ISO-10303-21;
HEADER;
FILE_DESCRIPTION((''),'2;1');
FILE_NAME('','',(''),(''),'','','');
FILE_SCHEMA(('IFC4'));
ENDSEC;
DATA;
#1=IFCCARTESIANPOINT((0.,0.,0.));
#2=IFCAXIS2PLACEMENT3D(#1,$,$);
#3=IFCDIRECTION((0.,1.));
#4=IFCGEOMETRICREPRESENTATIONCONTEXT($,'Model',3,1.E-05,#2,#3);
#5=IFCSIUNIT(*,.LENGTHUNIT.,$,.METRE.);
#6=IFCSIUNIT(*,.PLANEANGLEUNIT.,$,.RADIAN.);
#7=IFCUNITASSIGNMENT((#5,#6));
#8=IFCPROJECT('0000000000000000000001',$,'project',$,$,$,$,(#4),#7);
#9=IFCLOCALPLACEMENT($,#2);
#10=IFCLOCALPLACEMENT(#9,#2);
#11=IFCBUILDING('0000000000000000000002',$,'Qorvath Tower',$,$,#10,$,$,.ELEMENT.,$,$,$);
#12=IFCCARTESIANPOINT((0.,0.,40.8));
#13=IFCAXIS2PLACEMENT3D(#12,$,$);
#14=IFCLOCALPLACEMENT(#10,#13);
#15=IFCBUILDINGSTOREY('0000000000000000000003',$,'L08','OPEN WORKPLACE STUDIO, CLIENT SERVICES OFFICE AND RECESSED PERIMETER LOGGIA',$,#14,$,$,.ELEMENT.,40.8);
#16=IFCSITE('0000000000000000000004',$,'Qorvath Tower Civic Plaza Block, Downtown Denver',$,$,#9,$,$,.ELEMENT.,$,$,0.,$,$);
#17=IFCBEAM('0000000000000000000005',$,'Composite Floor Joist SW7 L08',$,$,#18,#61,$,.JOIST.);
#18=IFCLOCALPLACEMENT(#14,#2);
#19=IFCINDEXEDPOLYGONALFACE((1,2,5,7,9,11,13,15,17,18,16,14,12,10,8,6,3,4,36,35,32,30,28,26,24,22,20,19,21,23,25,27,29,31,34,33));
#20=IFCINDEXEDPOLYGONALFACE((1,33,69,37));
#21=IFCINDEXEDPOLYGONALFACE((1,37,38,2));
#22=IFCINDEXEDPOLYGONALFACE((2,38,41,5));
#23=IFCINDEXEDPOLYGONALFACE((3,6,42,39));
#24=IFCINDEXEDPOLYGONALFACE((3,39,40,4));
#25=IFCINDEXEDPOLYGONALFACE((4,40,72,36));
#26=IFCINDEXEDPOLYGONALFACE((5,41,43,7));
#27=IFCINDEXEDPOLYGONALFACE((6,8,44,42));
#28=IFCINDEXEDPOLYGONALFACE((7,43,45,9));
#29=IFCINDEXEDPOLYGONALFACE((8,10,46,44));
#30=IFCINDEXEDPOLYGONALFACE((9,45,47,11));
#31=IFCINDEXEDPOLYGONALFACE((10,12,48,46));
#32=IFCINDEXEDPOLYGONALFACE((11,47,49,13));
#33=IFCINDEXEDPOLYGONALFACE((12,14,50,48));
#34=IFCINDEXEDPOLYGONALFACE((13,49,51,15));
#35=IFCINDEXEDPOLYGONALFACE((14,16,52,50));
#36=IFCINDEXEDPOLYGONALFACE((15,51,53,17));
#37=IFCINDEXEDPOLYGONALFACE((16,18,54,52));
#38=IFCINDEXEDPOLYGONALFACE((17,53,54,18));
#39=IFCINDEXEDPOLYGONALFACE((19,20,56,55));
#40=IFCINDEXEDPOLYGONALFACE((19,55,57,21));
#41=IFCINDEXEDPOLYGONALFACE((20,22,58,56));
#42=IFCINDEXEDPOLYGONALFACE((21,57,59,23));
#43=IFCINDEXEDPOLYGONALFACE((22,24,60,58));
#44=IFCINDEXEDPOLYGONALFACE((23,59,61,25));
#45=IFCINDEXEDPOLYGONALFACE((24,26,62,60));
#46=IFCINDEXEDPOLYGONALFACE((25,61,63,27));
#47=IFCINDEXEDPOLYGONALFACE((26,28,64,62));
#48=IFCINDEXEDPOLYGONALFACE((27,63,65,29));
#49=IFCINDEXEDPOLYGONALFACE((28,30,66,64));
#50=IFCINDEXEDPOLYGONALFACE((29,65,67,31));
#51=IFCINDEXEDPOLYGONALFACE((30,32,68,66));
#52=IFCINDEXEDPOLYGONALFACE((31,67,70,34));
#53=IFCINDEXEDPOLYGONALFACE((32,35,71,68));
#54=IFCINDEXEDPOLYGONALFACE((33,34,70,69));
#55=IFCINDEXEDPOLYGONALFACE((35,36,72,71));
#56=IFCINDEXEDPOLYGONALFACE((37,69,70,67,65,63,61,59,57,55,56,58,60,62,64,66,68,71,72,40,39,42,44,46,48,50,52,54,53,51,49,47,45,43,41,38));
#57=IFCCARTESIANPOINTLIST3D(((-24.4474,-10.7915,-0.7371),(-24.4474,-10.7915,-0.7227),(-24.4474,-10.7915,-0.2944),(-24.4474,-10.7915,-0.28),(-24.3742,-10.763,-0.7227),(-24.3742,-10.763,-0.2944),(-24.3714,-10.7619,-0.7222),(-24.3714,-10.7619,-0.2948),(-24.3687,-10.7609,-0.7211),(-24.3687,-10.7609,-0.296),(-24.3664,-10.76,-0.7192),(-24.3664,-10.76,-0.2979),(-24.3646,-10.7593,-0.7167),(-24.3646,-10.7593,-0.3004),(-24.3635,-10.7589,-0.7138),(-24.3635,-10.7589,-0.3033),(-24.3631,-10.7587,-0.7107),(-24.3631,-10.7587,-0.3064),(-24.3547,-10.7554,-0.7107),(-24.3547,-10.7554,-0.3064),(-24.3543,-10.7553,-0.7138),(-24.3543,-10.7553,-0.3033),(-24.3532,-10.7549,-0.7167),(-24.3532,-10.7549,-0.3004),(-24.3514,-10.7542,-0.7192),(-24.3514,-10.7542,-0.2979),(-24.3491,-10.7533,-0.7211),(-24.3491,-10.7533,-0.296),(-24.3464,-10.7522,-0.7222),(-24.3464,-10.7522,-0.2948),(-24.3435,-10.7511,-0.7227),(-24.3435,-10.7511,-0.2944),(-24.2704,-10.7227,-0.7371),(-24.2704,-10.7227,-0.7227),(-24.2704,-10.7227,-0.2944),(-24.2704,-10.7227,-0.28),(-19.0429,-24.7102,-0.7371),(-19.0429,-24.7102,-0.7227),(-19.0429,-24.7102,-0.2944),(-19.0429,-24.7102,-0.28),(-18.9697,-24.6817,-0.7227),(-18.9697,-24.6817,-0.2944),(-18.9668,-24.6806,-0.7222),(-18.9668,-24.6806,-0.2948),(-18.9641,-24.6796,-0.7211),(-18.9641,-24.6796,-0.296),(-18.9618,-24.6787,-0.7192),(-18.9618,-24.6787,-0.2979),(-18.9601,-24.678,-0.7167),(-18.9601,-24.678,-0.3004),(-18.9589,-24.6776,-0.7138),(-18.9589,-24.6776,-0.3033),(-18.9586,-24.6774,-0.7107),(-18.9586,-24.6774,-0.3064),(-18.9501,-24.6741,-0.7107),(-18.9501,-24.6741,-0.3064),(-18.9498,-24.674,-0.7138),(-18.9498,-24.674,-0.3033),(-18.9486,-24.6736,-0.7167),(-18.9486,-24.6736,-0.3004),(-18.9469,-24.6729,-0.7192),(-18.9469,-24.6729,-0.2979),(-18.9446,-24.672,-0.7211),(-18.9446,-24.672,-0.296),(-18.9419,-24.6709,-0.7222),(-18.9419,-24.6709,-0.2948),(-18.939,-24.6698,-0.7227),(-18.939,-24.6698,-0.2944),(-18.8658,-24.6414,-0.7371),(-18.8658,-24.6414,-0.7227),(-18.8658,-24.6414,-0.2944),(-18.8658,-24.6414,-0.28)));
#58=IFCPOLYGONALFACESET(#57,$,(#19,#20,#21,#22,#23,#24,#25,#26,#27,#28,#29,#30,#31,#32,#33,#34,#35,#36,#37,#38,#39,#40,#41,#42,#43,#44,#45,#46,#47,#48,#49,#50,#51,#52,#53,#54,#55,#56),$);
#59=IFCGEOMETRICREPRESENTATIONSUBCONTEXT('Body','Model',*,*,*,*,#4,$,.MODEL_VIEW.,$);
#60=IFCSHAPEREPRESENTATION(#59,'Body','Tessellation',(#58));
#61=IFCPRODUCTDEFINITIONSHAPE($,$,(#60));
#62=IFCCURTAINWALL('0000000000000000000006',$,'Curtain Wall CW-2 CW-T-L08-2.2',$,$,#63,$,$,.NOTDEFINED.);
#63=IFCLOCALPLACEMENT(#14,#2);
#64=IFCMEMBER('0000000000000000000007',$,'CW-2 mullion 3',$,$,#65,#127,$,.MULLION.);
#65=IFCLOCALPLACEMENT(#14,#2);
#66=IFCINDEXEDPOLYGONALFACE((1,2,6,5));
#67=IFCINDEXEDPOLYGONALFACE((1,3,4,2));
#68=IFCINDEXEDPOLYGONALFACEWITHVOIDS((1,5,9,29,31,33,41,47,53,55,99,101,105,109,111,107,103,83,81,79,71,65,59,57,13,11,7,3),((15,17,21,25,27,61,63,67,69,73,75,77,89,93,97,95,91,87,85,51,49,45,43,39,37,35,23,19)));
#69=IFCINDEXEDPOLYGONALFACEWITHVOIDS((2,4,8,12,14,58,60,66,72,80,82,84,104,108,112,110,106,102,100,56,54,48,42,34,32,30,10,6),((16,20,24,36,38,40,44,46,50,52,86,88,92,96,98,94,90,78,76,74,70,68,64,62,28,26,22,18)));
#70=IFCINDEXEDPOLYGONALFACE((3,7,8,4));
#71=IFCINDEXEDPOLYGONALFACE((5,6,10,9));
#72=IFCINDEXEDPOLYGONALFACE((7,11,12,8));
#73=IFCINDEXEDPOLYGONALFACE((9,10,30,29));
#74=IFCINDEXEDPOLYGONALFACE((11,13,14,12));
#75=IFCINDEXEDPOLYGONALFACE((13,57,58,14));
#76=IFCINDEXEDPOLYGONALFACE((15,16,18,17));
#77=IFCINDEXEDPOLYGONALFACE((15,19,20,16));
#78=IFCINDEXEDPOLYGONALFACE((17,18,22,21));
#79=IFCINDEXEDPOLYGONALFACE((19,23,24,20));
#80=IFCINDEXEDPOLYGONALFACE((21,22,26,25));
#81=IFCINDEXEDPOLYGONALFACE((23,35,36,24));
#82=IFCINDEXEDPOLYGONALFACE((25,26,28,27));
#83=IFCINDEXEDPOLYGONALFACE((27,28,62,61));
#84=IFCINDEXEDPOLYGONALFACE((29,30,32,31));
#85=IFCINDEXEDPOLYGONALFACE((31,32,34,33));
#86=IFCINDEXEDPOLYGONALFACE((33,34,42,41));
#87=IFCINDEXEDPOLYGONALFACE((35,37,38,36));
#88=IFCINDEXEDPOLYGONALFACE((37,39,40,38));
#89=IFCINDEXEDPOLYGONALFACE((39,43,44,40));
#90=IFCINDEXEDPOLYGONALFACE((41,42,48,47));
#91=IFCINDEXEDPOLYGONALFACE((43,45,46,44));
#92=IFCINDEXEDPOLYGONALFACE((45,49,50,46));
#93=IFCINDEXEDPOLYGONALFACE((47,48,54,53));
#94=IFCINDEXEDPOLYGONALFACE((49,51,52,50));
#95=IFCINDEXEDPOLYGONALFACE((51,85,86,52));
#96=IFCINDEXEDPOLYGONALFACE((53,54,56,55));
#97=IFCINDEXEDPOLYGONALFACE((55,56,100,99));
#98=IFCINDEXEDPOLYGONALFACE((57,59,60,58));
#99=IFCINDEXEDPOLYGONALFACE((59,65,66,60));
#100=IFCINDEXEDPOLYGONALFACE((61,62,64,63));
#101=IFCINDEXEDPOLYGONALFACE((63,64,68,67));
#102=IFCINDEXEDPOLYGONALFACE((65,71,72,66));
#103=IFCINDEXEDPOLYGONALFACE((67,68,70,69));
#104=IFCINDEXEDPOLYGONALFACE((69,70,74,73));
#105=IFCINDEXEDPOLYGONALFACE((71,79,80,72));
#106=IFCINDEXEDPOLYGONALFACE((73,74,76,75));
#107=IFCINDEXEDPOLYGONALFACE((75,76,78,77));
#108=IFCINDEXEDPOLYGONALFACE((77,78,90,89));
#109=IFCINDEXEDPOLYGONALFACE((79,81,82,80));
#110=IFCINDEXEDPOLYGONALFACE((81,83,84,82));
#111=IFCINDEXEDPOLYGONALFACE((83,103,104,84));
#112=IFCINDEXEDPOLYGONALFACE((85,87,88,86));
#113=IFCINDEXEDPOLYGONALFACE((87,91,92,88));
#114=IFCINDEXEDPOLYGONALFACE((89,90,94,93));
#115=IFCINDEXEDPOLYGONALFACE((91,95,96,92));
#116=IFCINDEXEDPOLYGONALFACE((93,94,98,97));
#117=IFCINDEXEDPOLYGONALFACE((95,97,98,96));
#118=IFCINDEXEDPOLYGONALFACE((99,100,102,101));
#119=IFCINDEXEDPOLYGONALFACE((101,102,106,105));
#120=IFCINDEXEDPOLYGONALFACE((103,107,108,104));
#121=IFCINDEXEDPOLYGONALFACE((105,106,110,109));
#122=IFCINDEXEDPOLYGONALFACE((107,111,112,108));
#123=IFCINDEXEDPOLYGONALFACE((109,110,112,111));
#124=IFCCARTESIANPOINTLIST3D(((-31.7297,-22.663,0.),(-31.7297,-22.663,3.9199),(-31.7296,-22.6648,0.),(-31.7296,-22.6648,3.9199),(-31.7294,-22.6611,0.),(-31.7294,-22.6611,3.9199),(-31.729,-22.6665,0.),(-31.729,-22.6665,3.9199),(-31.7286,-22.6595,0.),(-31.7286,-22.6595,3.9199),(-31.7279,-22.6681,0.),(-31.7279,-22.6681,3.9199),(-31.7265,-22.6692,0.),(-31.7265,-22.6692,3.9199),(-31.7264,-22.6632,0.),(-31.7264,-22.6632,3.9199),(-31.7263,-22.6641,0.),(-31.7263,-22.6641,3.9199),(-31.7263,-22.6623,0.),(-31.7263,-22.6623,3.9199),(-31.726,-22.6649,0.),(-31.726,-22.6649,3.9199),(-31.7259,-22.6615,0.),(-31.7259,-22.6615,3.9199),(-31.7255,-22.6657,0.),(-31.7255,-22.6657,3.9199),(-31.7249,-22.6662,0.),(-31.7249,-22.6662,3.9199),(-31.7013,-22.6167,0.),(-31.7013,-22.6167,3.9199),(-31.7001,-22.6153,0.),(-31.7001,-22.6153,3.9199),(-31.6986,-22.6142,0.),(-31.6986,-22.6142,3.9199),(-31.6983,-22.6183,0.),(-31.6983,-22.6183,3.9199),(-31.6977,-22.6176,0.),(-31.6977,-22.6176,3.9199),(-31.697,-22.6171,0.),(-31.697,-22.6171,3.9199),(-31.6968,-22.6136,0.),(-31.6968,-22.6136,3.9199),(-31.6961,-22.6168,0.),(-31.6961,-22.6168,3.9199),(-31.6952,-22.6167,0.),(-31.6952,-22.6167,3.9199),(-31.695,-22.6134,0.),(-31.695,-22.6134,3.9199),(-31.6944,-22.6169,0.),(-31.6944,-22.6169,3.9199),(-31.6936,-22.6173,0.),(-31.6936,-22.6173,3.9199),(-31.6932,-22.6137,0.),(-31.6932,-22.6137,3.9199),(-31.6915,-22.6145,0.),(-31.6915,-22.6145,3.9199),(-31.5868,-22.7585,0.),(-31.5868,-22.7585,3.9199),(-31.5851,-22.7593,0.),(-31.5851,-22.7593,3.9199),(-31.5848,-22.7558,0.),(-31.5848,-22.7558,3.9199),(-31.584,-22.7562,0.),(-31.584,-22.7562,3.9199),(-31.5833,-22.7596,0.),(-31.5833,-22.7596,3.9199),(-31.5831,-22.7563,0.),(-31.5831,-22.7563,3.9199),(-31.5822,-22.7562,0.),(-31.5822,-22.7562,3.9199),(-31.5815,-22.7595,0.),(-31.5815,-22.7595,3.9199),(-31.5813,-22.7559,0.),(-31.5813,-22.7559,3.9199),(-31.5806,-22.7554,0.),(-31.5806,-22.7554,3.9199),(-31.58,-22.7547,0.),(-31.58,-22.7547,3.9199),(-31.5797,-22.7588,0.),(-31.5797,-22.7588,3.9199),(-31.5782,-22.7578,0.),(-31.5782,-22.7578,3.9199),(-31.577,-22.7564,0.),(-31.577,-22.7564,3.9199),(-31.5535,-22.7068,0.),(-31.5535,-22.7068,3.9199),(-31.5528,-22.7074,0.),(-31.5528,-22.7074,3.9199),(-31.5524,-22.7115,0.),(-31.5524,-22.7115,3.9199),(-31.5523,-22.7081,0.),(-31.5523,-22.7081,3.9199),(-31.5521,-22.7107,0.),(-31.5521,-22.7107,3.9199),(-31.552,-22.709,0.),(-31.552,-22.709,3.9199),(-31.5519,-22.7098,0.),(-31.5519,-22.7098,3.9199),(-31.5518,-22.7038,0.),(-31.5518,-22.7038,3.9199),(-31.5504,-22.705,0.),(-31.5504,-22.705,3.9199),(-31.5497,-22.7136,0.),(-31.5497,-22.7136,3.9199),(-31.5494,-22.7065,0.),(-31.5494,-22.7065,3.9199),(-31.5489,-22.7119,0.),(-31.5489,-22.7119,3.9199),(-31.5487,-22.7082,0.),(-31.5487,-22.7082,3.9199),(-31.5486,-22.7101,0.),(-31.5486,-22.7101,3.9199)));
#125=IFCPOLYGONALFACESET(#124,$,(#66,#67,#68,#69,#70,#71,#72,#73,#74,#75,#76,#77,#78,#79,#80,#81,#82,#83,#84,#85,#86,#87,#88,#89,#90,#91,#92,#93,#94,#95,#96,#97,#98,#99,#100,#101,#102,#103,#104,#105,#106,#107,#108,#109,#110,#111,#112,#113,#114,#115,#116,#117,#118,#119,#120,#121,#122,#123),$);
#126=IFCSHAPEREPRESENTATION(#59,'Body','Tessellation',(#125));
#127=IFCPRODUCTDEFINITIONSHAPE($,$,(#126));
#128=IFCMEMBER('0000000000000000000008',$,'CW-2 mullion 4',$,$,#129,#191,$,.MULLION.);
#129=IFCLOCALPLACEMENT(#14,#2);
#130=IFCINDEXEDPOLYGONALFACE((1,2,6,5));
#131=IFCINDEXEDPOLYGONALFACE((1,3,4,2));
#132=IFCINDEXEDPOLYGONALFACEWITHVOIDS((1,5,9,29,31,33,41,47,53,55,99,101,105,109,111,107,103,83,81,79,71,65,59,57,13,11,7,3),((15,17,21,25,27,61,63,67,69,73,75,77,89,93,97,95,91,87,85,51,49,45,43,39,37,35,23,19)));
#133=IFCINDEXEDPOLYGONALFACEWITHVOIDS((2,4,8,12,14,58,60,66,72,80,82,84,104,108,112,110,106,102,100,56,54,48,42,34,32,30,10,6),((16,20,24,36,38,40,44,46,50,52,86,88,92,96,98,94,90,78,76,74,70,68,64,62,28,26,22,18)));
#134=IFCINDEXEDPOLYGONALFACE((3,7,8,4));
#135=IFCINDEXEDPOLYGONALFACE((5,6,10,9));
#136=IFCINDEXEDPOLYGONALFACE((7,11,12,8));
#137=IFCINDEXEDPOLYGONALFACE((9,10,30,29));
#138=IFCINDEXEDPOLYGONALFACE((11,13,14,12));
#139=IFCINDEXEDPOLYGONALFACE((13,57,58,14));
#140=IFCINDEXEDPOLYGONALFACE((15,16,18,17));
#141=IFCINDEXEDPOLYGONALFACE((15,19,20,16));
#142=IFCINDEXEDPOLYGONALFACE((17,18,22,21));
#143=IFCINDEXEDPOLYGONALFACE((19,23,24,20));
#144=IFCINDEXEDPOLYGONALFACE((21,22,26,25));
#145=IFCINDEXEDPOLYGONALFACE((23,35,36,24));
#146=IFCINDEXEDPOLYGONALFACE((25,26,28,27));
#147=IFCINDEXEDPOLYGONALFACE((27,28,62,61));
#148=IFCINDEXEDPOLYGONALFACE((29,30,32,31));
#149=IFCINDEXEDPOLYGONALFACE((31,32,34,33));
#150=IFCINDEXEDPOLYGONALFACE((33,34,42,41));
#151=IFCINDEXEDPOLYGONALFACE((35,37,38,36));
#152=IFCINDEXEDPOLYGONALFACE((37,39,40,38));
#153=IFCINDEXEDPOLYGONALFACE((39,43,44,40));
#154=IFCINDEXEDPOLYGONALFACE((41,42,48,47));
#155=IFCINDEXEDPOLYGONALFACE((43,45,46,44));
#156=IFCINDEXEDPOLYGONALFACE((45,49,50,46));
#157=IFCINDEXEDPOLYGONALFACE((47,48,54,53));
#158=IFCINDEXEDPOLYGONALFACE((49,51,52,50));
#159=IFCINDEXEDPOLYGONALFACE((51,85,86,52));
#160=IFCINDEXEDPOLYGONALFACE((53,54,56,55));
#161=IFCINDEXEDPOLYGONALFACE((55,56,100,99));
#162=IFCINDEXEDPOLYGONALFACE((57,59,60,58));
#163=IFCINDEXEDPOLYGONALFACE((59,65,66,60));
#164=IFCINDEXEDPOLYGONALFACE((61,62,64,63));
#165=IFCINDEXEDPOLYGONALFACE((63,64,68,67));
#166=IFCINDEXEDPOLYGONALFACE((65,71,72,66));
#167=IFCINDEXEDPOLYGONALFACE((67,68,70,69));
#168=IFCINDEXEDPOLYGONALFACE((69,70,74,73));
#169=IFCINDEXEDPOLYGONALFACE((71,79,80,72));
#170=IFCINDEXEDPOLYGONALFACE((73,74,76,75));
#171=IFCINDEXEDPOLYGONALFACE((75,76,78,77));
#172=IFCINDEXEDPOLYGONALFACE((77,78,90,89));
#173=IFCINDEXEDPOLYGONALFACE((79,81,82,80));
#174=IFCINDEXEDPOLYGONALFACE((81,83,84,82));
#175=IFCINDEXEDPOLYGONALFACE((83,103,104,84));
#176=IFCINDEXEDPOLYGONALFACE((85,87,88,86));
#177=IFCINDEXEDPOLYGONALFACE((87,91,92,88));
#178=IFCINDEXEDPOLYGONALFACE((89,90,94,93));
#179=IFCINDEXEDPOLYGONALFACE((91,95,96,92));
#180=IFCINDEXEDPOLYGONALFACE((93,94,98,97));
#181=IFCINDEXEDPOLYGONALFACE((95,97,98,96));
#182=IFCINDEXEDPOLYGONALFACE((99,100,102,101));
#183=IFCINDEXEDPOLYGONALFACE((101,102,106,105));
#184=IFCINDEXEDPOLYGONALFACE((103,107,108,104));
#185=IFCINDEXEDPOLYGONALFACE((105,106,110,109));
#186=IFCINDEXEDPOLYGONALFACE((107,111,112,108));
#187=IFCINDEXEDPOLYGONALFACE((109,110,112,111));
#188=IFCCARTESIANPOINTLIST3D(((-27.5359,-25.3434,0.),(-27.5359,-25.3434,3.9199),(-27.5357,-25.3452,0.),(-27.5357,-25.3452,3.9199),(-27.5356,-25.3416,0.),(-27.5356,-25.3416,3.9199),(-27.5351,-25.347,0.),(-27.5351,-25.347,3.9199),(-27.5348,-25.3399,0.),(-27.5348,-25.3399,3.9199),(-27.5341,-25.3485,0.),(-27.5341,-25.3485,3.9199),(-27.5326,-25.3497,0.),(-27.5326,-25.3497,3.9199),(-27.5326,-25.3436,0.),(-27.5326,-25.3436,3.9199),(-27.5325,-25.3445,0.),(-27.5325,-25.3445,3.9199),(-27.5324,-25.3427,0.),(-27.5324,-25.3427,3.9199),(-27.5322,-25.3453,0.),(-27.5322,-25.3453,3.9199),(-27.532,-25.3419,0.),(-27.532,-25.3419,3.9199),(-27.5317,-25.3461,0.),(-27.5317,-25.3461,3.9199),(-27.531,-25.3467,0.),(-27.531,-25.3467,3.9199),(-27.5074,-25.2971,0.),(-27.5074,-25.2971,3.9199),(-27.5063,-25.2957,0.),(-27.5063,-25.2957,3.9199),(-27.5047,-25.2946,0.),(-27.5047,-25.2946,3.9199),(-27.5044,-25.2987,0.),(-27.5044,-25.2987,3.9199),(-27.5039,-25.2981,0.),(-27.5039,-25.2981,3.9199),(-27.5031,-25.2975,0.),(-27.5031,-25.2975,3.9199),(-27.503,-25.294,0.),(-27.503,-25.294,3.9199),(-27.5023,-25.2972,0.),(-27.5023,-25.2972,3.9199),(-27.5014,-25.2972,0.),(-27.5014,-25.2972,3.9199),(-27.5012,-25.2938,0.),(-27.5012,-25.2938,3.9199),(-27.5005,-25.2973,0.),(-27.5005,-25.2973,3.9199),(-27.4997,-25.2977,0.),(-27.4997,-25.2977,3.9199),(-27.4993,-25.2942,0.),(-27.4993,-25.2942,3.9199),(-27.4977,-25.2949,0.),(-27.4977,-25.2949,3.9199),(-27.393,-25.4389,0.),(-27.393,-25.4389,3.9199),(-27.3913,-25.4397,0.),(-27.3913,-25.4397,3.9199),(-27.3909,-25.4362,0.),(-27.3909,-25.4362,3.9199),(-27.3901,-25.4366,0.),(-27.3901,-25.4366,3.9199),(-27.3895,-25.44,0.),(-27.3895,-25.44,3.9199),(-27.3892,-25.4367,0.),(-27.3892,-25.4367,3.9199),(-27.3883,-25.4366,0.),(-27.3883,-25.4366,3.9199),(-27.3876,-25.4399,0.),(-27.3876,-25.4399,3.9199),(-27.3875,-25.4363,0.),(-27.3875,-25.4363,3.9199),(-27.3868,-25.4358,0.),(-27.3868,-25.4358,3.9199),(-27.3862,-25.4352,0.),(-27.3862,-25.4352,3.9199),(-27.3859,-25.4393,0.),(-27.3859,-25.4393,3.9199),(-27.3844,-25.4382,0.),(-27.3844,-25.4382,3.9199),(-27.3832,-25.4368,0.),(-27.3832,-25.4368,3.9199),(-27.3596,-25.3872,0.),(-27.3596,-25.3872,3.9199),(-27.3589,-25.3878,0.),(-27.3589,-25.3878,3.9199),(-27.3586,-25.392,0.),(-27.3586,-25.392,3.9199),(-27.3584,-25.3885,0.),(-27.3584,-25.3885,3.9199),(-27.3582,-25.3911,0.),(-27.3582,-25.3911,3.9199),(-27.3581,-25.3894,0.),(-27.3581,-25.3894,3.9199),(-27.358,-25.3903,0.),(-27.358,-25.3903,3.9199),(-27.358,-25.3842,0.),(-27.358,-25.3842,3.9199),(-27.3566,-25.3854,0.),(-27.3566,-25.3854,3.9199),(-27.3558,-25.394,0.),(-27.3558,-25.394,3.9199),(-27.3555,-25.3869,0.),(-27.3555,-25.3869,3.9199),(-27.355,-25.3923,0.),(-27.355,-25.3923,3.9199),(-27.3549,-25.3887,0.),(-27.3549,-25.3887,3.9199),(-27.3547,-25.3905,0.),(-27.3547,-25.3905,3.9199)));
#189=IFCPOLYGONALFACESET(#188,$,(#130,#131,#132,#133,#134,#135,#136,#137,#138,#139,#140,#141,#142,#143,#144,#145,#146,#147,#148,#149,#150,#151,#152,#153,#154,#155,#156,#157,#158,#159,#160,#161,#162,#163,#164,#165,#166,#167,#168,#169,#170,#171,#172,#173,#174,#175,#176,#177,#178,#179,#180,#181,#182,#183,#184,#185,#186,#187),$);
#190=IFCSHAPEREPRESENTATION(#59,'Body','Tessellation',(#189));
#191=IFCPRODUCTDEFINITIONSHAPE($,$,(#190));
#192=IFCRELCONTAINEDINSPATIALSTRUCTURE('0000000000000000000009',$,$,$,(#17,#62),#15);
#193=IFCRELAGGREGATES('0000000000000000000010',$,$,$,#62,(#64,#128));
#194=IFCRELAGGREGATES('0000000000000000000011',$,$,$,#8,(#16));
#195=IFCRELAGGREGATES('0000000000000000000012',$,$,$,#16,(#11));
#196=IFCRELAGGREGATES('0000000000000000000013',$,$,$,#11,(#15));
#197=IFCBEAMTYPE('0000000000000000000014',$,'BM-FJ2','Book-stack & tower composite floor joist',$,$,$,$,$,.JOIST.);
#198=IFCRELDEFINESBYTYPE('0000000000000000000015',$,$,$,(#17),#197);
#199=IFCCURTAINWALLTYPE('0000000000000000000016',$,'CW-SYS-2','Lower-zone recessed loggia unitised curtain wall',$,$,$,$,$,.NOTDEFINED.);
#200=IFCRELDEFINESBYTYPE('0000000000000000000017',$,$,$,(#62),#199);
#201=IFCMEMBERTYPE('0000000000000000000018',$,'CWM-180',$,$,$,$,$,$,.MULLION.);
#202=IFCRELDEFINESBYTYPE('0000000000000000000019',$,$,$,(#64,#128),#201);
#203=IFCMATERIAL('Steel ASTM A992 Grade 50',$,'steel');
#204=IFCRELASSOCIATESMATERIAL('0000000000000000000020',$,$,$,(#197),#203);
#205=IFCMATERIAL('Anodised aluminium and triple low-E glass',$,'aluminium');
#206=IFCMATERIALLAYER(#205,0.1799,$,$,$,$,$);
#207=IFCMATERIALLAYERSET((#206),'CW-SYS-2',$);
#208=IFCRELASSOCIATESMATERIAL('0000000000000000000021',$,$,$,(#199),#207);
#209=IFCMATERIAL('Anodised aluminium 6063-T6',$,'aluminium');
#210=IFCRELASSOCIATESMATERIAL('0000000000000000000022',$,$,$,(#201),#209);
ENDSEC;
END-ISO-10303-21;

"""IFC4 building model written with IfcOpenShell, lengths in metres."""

from ifc_helpers import new_model, si_unit, direction, frame, origin, origin_2d, place, context, subcontext, project, spatial, hollow_rectangle, i_section, extrude, material, layer, layer_set, material_profile, profile_set, type_object, element, aggregate, save


model = new_model("IFC4")

# Units and contexts
model_context = context("Model", 3, precision=1e-05, world=origin(), true_north=direction((0.0, 1.0)))
body_context = subcontext(model_context, "Body", "Model", "MODEL_VIEW")
ifc_project = project(units=[si_unit("LENGTHUNIT", "METRE"), si_unit("PLANEANGLEUNIT", "RADIAN")], contexts=[model_context])

# Site, building, storey
site_placement = place(None, origin())
site = spatial("IfcSite", under=ifc_project, at=site_placement, Name="Qorvath Tower Civic Plaza Block, Downtown Denver", CompositionType="ELEMENT", RefElevation=0.0)
building_placement = place(site_placement, origin())
building = spatial("IfcBuilding", under=site, at=building_placement, Name="Qorvath Tower", CompositionType="ELEMENT")
storey_placement = place(building_placement, frame((0.0, 0.0, 40.8)))
storey = spatial("IfcBuildingStorey", under=building, at=storey_placement, Name="L08", Description="OPEN WORKPLACE STUDIO, CLIENT SERVICES OFFICE AND RECESSED PERIMETER LOGGIA", CompositionType="ELEMENT", Elevation=40.8)

# Beam
ifc_material_1 = material(Name="Steel ASTM A992 Grade 50", Category="steel")
ifc_material_profile_1 = material_profile(ifc_material_1, i_section(OverallWidth=0.1899, OverallDepth=0.457, WebThickness=0.009, FlangeThickness=0.0144, FilletRadius=0.012, at=origin_2d()), Name="W18x50")
ifc_profile_set_1 = profile_set([ifc_material_profile_1], Name="Steel ASTM A992 Grade 50")
beam_type_1 = type_object("IfcBeamType", Name="BM-FJ2", Description="Book-stack & tower composite floor joist", PredefinedType="JOIST", material=ifc_profile_set_1)
beam_1_placement = place(storey_placement, frame((-24.3589, -10.7571, -0.5085), z_axis=(0.361964, -0.932192, 0.0), x_axis=(0.932192, 0.361964, 0.0)))
element("IfcBeam", 1, at=beam_1_placement, inside=storey, type_object=beam_type_1, Name="Composite Floor Joist SW7 L08", PredefinedType="JOIST", context=body_context, shape_type="SweptSolid", body=[
    extrude(i_section(OverallWidth=0.1899, OverallDepth=0.457, WebThickness=0.009, FlangeThickness=0.0144, FilletRadius=0.012, at=origin_2d()), origin(), (0.0, 0.0, 1.0), 14.9312),
])

# Curtain wall, members
ifc_material_2 = material(Name="Anodised aluminium and triple low-E glass", Category="aluminium")
ifc_layer_1 = layer(ifc_material_2, 0.1799)
ifc_layer_set_1 = layer_set([ifc_layer_1], Name="CW-SYS-2")
curtain_wall_type = type_object("IfcCurtainWallType", Name="CW-SYS-2", Description="Lower-zone recessed loggia unitised curtain wall", PredefinedType="NOTDEFINED", material=ifc_layer_set_1)
curtain_wall_placement = place(storey_placement, origin())
curtain_wall = element("IfcCurtainWall", 2, at=curtain_wall_placement, inside=storey, type_object=curtain_wall_type, Name="Curtain Wall CW-2 CW-T-L08-2.2", PredefinedType="NOTDEFINED")
ifc_material_3 = material(Name="Anodised aluminium 6063-T6", Category="aluminium")
ifc_material_profile_2 = material_profile(ifc_material_3, hollow_rectangle(XDim=0.0649, YDim=0.1799, WallThickness=0.0034, InnerFilletRadius=0.0034, OuterFilletRadius=0.0071, at=origin_2d()), Name="CWM 180x65")
ifc_profile_set_2 = profile_set([ifc_material_profile_2], Name="Anodised aluminium 6063-T6")
member_type_1 = type_object("IfcMemberType", Name="CWM-180", PredefinedType="MULLION", material=ifc_profile_set_2)
member_1_placement = place(storey_placement, frame((-31.6392, -22.6865, 0.0), z_axis=(0.0, 0.0, 1.0), x_axis=(0.538537, 0.842602, 0.0)))
member_1 = element("IfcMember", 3, at=member_1_placement, type_object=member_type_1, Name="CW-2 mullion 3", PredefinedType="MULLION", context=body_context, shape_type="SweptSolid", body=[
    extrude(hollow_rectangle(XDim=0.0649, YDim=0.1799, WallThickness=0.0034, InnerFilletRadius=0.0034, OuterFilletRadius=0.0071, at=origin_2d()), origin(), (0.0, 0.0, 1.0), 3.9199),
])
member_2_placement = place(storey_placement, frame((-27.4453, -25.3669, 0.0), z_axis=(0.0, 0.0, 1.0), x_axis=(0.538537, 0.842602, 0.0)))
member_2 = element("IfcMember", 4, at=member_2_placement, type_object=member_type_1, Name="CW-2 mullion 4", PredefinedType="MULLION", context=body_context, shape_type="SweptSolid", body=[
    extrude(hollow_rectangle(XDim=0.0649, YDim=0.1799, WallThickness=0.0034, InnerFilletRadius=0.0034, OuterFilletRadius=0.0071, at=origin_2d()), origin(), (0.0, 0.0, 1.0), 3.9199),
])
aggregate(curtain_wall, [member_1, member_2])

save(model, "model.ifc")
